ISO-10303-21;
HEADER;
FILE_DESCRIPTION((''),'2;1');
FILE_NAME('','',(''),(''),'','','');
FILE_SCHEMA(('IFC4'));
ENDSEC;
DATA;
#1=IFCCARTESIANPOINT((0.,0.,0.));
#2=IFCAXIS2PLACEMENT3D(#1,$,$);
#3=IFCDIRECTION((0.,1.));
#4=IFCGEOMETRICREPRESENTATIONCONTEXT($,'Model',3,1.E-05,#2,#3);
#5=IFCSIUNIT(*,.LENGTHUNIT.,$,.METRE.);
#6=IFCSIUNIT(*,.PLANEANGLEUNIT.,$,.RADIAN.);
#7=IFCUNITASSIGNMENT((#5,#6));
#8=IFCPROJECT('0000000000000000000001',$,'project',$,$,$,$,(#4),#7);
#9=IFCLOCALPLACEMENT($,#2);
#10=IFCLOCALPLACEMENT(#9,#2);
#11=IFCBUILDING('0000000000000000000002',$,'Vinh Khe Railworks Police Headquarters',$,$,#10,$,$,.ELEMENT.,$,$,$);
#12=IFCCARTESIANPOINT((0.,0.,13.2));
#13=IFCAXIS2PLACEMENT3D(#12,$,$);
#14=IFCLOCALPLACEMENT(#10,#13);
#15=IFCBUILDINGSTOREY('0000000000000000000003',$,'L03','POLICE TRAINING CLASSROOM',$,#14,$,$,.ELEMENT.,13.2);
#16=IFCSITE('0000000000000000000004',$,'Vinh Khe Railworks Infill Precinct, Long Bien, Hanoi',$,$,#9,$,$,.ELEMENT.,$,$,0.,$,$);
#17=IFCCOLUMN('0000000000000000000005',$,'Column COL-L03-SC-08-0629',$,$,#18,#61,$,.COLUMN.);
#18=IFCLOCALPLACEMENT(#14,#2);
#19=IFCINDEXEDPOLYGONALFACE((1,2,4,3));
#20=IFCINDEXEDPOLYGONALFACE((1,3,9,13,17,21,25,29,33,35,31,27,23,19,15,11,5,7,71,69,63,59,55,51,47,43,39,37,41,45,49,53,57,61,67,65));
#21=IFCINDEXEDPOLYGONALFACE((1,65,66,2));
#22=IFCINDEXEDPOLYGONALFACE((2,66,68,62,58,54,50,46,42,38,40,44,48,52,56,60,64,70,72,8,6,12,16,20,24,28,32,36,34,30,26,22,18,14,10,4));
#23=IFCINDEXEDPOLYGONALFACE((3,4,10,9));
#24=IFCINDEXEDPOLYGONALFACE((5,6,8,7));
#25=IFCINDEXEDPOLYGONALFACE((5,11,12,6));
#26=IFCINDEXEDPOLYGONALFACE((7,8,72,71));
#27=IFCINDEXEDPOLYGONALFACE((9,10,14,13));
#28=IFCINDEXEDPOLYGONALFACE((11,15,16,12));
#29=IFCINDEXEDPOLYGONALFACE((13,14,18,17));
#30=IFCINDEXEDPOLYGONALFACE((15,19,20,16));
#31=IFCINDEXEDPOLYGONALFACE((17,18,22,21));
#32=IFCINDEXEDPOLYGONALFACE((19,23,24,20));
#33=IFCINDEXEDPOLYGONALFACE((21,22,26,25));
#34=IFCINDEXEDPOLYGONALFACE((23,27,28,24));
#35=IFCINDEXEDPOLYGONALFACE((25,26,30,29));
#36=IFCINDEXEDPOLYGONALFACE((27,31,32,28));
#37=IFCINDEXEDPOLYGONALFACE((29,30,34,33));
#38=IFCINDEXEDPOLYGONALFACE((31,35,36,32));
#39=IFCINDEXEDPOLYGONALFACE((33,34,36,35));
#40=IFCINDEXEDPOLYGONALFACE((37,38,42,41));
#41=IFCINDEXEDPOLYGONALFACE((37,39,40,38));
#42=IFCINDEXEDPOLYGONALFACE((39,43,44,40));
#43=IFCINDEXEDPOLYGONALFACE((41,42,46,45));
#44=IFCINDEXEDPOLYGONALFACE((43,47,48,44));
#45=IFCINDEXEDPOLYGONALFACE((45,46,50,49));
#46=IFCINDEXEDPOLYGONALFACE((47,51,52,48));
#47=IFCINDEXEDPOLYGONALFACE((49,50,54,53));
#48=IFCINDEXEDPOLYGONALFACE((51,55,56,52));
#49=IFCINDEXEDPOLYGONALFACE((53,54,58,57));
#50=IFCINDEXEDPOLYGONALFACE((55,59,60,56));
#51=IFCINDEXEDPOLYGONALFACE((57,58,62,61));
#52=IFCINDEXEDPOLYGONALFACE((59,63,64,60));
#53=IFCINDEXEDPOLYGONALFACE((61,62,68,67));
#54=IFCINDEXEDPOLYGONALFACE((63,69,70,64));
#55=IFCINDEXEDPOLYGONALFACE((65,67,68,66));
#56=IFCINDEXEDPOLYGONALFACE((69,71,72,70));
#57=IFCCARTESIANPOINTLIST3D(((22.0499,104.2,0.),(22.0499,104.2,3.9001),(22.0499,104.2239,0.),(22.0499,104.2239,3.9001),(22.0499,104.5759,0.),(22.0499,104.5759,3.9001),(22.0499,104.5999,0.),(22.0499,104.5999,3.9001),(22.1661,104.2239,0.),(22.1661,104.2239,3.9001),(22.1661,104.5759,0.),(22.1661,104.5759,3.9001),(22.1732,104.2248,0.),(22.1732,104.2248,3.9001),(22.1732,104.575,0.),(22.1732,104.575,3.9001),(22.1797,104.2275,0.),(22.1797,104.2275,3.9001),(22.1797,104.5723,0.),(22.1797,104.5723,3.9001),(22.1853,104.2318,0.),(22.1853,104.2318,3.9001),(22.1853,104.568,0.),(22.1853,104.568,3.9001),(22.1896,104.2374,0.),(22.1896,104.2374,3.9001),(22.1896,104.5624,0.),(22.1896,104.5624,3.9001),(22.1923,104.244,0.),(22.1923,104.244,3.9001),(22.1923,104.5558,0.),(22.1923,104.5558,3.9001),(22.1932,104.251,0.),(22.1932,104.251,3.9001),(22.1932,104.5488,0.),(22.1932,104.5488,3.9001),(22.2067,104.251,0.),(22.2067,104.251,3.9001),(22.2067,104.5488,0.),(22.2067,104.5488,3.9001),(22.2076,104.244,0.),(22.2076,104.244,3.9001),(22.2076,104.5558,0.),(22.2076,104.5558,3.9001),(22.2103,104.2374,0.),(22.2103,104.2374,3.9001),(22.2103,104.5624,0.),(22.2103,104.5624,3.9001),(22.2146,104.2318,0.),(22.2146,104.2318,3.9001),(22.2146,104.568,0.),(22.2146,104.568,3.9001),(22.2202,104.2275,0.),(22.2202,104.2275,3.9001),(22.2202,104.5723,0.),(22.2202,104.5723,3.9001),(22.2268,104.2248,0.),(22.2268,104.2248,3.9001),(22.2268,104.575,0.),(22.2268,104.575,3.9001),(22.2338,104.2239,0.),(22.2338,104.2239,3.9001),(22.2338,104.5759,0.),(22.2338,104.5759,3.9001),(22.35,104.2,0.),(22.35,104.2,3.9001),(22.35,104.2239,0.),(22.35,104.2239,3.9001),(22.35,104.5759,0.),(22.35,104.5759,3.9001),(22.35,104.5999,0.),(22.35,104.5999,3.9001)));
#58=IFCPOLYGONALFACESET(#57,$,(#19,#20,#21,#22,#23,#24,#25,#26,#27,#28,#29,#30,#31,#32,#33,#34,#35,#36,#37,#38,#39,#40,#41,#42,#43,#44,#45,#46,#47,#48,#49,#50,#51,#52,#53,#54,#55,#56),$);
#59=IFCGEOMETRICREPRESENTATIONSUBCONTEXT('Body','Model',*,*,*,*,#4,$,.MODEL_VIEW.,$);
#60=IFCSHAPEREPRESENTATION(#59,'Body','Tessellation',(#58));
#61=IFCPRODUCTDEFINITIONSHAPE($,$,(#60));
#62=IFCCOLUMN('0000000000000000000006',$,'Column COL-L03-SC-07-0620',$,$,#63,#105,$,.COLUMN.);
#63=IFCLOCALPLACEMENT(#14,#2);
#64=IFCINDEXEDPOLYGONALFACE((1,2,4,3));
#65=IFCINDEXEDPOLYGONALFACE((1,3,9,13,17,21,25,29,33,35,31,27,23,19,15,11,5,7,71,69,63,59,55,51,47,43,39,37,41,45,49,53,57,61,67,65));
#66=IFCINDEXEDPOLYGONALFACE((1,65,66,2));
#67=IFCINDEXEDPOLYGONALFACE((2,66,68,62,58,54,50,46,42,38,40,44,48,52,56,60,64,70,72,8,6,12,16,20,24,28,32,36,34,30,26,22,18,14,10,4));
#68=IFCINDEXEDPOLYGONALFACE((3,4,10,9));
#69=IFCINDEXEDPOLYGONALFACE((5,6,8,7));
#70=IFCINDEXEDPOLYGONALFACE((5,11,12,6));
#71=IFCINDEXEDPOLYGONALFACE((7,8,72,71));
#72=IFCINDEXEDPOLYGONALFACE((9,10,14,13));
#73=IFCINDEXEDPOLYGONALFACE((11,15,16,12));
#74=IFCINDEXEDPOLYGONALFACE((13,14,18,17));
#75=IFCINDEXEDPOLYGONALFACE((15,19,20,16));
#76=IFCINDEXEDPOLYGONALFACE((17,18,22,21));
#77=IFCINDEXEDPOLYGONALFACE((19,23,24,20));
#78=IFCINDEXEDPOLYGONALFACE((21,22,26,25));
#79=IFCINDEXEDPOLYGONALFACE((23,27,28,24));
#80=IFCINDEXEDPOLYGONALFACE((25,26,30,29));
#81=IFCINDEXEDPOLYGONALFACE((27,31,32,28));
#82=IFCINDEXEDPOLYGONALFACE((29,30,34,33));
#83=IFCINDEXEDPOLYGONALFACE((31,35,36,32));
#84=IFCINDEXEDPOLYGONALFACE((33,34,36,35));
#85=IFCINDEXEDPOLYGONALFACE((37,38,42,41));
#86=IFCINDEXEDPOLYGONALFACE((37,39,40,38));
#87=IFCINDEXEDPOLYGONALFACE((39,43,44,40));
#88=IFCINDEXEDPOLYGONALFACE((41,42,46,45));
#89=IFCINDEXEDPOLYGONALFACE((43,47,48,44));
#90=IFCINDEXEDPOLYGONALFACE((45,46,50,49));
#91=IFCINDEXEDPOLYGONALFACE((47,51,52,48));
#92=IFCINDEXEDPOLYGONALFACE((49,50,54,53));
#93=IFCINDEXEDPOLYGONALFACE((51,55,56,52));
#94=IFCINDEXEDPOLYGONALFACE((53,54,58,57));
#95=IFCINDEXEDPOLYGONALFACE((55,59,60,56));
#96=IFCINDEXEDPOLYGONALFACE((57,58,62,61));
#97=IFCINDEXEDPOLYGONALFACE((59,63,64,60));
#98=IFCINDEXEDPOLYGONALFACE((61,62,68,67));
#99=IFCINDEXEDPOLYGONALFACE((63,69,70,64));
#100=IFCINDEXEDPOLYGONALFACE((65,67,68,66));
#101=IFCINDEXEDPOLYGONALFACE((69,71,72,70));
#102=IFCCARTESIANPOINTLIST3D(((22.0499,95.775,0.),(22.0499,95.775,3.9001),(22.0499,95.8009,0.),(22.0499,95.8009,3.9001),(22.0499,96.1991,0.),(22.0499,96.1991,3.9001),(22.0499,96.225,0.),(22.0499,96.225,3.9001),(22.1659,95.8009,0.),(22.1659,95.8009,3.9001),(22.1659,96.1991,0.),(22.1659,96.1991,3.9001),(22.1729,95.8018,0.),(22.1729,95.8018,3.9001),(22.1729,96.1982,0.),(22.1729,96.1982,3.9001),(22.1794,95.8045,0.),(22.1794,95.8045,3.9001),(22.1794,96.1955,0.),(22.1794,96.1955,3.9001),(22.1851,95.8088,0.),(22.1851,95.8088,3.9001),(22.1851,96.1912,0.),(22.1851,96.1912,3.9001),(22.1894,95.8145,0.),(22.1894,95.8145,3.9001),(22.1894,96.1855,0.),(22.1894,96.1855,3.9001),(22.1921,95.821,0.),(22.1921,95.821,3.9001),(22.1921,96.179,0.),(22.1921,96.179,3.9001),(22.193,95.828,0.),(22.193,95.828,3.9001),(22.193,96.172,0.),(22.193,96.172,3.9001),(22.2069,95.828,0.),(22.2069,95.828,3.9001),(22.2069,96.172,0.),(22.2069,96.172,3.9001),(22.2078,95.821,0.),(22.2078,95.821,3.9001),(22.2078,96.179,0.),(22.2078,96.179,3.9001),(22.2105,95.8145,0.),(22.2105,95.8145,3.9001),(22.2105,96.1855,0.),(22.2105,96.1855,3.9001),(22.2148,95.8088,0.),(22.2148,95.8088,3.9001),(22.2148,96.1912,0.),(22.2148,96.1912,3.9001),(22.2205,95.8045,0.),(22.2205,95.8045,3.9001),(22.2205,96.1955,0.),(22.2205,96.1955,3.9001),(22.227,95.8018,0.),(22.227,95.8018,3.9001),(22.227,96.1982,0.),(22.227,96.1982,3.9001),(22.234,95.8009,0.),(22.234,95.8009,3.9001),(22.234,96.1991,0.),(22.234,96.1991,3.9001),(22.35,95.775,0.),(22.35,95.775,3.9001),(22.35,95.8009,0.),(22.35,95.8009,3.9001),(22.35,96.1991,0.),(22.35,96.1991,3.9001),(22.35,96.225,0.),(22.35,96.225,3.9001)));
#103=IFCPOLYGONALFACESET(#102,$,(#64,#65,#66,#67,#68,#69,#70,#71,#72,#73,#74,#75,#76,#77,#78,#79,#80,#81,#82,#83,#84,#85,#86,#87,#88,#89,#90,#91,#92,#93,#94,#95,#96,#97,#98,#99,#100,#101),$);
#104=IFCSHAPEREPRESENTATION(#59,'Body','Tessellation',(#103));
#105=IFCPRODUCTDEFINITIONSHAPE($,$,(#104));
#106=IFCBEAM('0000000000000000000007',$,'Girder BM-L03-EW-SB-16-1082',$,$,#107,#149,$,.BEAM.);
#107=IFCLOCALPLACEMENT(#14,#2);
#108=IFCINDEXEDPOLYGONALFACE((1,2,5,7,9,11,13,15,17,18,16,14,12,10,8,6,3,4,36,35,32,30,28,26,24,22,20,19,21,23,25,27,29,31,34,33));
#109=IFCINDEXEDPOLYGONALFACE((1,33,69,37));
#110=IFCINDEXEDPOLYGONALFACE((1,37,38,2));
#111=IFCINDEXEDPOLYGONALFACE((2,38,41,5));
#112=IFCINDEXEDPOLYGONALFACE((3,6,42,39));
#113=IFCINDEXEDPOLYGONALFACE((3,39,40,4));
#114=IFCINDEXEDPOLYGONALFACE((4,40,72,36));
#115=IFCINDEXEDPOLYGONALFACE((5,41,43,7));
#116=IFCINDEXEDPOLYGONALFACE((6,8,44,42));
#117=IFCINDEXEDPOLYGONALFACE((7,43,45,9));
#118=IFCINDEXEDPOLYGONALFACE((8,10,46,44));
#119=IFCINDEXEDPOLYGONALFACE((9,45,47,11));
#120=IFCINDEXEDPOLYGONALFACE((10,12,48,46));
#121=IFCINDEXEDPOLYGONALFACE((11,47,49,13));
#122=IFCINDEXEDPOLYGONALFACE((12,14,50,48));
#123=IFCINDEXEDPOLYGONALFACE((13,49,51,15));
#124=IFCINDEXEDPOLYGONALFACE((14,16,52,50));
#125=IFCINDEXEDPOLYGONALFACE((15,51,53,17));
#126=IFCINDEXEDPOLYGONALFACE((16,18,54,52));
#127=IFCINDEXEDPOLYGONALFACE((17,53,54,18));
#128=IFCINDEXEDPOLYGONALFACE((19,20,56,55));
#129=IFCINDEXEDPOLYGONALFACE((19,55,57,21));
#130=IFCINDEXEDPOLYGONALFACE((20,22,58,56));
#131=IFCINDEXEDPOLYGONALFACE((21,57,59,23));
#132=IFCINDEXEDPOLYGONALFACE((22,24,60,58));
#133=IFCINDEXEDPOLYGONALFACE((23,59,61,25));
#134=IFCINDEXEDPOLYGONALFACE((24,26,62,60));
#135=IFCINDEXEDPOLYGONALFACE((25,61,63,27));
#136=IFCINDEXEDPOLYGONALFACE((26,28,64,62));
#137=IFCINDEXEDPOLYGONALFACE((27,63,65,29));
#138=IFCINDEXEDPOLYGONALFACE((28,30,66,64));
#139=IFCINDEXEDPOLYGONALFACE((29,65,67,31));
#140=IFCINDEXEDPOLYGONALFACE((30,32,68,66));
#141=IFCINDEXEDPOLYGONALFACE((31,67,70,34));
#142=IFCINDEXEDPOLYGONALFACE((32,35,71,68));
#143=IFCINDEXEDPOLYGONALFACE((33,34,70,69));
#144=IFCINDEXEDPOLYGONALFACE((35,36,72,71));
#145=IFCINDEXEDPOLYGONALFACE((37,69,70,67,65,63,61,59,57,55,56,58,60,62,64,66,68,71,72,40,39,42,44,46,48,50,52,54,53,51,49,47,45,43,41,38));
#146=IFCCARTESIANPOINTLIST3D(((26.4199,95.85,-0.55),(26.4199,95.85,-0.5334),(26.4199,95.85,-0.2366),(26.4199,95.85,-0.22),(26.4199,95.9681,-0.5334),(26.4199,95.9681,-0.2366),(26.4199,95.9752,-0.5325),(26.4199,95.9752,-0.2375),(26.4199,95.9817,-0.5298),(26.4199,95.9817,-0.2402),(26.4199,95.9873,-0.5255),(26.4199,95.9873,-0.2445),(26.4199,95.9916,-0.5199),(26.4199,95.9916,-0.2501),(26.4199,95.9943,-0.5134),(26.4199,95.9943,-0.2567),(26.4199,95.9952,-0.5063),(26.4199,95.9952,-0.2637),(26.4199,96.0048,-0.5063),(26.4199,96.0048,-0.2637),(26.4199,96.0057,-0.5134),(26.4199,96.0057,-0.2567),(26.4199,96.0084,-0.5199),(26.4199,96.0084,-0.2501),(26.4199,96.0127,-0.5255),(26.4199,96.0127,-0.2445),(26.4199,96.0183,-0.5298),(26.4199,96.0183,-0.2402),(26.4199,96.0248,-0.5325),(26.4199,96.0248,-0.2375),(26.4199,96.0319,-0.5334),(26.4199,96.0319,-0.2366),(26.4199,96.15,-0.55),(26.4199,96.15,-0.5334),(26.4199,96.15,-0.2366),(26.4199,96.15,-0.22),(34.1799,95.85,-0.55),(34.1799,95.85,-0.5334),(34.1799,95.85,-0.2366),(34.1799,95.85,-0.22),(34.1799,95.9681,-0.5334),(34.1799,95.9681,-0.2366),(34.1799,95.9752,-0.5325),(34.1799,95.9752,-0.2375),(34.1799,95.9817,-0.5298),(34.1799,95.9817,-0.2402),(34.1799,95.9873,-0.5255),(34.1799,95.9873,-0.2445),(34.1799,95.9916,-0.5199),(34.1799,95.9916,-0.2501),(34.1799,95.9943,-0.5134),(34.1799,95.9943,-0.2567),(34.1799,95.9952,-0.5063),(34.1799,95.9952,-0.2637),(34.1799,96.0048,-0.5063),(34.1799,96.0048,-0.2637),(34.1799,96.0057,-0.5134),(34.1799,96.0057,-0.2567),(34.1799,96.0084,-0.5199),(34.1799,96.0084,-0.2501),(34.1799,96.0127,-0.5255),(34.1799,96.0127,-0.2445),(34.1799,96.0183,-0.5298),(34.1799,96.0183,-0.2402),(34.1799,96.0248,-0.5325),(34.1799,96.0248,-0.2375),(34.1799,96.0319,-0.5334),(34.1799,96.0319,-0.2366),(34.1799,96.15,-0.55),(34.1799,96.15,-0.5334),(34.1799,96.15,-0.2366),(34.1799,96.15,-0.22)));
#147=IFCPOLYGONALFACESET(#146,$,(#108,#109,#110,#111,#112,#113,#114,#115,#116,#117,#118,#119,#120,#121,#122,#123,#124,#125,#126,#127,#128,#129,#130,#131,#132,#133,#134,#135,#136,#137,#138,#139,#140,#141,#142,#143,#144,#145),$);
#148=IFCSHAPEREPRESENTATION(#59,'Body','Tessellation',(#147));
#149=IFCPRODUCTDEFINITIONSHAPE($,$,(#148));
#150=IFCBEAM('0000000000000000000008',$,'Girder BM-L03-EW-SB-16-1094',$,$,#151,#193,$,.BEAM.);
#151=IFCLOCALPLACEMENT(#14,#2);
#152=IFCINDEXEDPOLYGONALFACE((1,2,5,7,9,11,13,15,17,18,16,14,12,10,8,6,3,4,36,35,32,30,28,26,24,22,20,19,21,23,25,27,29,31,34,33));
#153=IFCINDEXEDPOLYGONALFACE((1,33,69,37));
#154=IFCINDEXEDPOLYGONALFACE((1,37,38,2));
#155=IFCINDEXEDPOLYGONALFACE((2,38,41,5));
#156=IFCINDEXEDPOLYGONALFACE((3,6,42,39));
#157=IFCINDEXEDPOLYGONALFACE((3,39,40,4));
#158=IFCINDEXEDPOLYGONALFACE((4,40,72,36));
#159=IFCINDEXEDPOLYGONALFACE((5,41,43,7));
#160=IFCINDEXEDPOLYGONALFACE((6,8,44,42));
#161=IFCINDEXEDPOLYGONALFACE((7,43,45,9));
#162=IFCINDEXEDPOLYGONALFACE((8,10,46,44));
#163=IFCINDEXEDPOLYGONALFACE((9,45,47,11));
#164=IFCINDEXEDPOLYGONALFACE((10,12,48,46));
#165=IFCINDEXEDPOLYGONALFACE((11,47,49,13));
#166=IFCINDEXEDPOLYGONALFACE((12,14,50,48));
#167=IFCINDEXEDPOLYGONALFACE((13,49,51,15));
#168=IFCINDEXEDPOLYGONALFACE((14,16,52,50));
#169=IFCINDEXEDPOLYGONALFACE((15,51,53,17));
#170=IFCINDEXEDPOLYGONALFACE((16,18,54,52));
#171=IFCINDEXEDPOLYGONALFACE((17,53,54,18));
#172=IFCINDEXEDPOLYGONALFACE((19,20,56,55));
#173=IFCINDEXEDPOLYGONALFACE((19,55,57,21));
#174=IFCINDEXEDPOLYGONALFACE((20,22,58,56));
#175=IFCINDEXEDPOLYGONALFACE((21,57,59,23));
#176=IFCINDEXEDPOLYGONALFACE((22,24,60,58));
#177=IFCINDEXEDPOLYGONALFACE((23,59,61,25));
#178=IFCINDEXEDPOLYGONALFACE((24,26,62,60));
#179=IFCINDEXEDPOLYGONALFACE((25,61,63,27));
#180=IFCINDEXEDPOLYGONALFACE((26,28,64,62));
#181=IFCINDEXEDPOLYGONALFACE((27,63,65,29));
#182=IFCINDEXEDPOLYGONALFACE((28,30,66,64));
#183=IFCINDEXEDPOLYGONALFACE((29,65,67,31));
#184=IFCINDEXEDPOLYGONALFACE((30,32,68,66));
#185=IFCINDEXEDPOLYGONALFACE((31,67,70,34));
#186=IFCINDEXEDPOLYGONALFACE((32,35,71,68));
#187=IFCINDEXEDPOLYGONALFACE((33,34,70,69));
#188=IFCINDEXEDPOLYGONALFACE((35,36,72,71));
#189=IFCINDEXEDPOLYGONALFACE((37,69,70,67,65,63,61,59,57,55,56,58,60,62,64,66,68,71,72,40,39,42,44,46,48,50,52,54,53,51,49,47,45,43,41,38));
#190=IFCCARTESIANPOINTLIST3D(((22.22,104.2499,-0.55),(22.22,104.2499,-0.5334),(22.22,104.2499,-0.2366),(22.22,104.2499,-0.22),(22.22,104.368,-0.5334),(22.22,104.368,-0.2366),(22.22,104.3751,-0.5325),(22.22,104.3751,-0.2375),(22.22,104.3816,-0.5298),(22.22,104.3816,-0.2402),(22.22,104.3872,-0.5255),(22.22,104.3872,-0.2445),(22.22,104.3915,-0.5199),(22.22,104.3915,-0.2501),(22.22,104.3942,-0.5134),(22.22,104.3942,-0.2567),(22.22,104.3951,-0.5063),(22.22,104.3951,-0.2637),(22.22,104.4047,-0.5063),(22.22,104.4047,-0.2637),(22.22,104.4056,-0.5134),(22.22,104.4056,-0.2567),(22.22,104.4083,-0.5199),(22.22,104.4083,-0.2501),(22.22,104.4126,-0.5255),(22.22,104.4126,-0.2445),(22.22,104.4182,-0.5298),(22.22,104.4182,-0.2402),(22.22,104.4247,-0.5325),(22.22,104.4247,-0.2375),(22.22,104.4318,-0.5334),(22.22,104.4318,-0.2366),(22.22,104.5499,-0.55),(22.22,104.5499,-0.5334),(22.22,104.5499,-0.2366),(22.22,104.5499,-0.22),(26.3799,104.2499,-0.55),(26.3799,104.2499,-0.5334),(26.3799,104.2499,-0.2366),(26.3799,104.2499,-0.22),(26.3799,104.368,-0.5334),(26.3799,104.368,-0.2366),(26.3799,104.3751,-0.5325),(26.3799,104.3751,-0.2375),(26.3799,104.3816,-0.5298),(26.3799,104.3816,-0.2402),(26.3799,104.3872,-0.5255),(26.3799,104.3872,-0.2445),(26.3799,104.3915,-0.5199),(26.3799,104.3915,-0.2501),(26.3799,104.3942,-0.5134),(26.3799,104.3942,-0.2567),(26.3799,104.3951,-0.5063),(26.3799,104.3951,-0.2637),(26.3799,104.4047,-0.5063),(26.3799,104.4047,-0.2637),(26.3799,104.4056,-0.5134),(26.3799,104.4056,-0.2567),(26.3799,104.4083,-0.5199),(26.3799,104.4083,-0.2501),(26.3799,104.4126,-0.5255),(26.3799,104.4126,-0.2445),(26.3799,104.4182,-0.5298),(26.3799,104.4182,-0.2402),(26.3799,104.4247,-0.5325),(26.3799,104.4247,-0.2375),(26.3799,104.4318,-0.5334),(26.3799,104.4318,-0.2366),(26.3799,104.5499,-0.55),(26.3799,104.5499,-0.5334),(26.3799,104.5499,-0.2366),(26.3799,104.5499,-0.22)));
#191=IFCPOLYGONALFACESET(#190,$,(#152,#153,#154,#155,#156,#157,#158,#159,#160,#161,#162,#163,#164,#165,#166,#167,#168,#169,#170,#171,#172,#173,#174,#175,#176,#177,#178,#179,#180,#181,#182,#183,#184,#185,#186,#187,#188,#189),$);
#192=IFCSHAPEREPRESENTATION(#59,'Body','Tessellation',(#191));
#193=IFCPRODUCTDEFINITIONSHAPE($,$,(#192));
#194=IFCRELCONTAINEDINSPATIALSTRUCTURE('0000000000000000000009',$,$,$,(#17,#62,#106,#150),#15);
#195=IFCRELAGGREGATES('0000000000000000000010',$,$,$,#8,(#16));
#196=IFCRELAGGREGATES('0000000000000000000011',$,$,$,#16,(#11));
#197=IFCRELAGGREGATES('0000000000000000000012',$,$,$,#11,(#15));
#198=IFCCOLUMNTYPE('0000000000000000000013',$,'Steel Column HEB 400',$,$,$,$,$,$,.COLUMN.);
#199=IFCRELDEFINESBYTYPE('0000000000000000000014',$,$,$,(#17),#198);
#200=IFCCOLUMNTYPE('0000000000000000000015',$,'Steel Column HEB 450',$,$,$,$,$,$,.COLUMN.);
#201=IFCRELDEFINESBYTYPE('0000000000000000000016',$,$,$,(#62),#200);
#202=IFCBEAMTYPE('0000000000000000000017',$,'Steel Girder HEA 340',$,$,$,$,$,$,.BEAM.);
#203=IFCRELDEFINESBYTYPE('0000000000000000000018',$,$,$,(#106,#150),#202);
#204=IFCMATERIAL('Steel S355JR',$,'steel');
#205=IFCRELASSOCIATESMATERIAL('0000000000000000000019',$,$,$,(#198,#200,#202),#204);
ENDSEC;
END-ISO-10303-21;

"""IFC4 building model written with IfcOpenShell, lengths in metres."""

from ifc_helpers import new_model, si_unit, direction, frame, origin, origin_2d, place, context, subcontext, project, spatial, i_section, extrude, material, material_profile, profile_set, type_object, element, save


model = new_model("IFC4")

# Units and contexts
model_context = context("Model", 3, precision=1e-05, world=origin(), true_north=direction((0.0, 1.0)))
body_context = subcontext(model_context, "Body", "Model", "MODEL_VIEW")
ifc_project = project(units=[si_unit("LENGTHUNIT", "METRE"), si_unit("PLANEANGLEUNIT", "RADIAN")], contexts=[model_context])

# Site, building, storey
site_placement = place(None, origin())
site = spatial("IfcSite", under=ifc_project, at=site_placement, Name="Vinh Khe Railworks Infill Precinct, Long Bien, Hanoi", CompositionType="ELEMENT", RefElevation=0.0)
building_placement = place(site_placement, origin())
building = spatial("IfcBuilding", under=site, at=building_placement, Name="Vinh Khe Railworks Police Headquarters", CompositionType="ELEMENT")
storey_placement = place(building_placement, frame((0.0, 0.0, 13.2)))
storey = spatial("IfcBuildingStorey", under=building, at=storey_placement, Name="L03", Description="POLICE TRAINING CLASSROOM", CompositionType="ELEMENT", Elevation=13.2)

# Columns
ifc_material_1 = material(Name="Steel S355JR", Category="steel")
ifc_material_profile_1 = material_profile(ifc_material_1, i_section(OverallWidth=0.3, OverallDepth=0.3999, WebThickness=0.0134, FlangeThickness=0.0239, FilletRadius=0.0271, at=origin_2d()), Name="HEB 400")
ifc_profile_set_1 = profile_set([ifc_material_profile_1], Name="Steel S355JR")
column_type_1 = type_object("IfcColumnType", Name="Steel Column HEB 400", PredefinedType="COLUMN", material=ifc_profile_set_1)
column_1_placement = place(storey_placement, frame((22.2, 104.3999, 0.0), z_axis=(0.0, 0.0, 1.0), x_axis=(1.0, 0.0, 0.0)))
element("IfcColumn", 1, at=column_1_placement, inside=storey, type_object=column_type_1, Name="Column COL-L03-SC-08-0629", PredefinedType="COLUMN", context=body_context, shape_type="SweptSolid", body=[
    extrude(i_section(OverallWidth=0.3, OverallDepth=0.3999, WebThickness=0.0134, FlangeThickness=0.0239, FilletRadius=0.0271, at=origin_2d()), origin(), (0.0, 0.0, 1.0), 3.9001),
])
ifc_material_profile_2 = material_profile(ifc_material_1, i_section(OverallWidth=0.3, OverallDepth=0.45, WebThickness=0.0139, FlangeThickness=0.0259, FilletRadius=0.0271, at=origin_2d()), Name="HEB 450")
ifc_profile_set_2 = profile_set([ifc_material_profile_2], Name="Steel S355JR")
column_type_2 = type_object("IfcColumnType", Name="Steel Column HEB 450", PredefinedType="COLUMN", material=ifc_profile_set_2)
column_2_placement = place(storey_placement, frame((22.2, 96.0, 0.0), z_axis=(0.0, 0.0, 1.0), x_axis=(1.0, 0.0, 0.0)))
element("IfcColumn", 2, at=column_2_placement, inside=storey, type_object=column_type_2, Name="Column COL-L03-SC-07-0620", PredefinedType="COLUMN", context=body_context, shape_type="SweptSolid", body=[
    extrude(i_section(OverallWidth=0.3, OverallDepth=0.45, WebThickness=0.0139, FlangeThickness=0.0259, FilletRadius=0.0271, at=origin_2d()), origin(), (0.0, 0.0, 1.0), 3.9001),
])

# Beams
ifc_material_profile_3 = material_profile(ifc_material_1, i_section(OverallWidth=0.3, OverallDepth=0.3301, WebThickness=0.0095, FlangeThickness=0.0166, FilletRadius=0.0271, at=origin_2d()), Name="HEA 340")
ifc_profile_set_3 = profile_set([ifc_material_profile_3], Name="Steel S355JR")
beam_type_1 = type_object("IfcBeamType", Name="Steel Girder HEA 340", PredefinedType="BEAM", material=ifc_profile_set_3)
beam_1_placement = place(storey_placement, frame((26.4199, 96.0, -0.385), z_axis=(1.0, 0.0, 0.0), x_axis=(0.0, 1.0, 0.0)))
element("IfcBeam", 3, at=beam_1_placement, inside=storey, type_object=beam_type_1, Name="Girder BM-L03-EW-SB-16-1082", PredefinedType="BEAM", context=body_context, shape_type="SweptSolid", body=[
    extrude(i_section(OverallWidth=0.3, OverallDepth=0.3301, WebThickness=0.0095, FlangeThickness=0.0166, FilletRadius=0.0271, at=origin_2d()), origin(), (0.0, 0.0, 1.0), 7.76),
])
beam_2_placement = place(storey_placement, frame((22.22, 104.3999, -0.385), z_axis=(1.0, 0.0, 0.0), x_axis=(0.0, 1.0, 0.0)))
element("IfcBeam", 4, at=beam_2_placement, inside=storey, type_object=beam_type_1, Name="Girder BM-L03-EW-SB-16-1094", PredefinedType="BEAM", context=body_context, shape_type="SweptSolid", body=[
    extrude(i_section(OverallWidth=0.3, OverallDepth=0.3301, WebThickness=0.0095, FlangeThickness=0.0166, FilletRadius=0.0271, at=origin_2d()), origin(), (0.0, 0.0, 1.0), 4.1599),
])

save(model, "model.ifc")
